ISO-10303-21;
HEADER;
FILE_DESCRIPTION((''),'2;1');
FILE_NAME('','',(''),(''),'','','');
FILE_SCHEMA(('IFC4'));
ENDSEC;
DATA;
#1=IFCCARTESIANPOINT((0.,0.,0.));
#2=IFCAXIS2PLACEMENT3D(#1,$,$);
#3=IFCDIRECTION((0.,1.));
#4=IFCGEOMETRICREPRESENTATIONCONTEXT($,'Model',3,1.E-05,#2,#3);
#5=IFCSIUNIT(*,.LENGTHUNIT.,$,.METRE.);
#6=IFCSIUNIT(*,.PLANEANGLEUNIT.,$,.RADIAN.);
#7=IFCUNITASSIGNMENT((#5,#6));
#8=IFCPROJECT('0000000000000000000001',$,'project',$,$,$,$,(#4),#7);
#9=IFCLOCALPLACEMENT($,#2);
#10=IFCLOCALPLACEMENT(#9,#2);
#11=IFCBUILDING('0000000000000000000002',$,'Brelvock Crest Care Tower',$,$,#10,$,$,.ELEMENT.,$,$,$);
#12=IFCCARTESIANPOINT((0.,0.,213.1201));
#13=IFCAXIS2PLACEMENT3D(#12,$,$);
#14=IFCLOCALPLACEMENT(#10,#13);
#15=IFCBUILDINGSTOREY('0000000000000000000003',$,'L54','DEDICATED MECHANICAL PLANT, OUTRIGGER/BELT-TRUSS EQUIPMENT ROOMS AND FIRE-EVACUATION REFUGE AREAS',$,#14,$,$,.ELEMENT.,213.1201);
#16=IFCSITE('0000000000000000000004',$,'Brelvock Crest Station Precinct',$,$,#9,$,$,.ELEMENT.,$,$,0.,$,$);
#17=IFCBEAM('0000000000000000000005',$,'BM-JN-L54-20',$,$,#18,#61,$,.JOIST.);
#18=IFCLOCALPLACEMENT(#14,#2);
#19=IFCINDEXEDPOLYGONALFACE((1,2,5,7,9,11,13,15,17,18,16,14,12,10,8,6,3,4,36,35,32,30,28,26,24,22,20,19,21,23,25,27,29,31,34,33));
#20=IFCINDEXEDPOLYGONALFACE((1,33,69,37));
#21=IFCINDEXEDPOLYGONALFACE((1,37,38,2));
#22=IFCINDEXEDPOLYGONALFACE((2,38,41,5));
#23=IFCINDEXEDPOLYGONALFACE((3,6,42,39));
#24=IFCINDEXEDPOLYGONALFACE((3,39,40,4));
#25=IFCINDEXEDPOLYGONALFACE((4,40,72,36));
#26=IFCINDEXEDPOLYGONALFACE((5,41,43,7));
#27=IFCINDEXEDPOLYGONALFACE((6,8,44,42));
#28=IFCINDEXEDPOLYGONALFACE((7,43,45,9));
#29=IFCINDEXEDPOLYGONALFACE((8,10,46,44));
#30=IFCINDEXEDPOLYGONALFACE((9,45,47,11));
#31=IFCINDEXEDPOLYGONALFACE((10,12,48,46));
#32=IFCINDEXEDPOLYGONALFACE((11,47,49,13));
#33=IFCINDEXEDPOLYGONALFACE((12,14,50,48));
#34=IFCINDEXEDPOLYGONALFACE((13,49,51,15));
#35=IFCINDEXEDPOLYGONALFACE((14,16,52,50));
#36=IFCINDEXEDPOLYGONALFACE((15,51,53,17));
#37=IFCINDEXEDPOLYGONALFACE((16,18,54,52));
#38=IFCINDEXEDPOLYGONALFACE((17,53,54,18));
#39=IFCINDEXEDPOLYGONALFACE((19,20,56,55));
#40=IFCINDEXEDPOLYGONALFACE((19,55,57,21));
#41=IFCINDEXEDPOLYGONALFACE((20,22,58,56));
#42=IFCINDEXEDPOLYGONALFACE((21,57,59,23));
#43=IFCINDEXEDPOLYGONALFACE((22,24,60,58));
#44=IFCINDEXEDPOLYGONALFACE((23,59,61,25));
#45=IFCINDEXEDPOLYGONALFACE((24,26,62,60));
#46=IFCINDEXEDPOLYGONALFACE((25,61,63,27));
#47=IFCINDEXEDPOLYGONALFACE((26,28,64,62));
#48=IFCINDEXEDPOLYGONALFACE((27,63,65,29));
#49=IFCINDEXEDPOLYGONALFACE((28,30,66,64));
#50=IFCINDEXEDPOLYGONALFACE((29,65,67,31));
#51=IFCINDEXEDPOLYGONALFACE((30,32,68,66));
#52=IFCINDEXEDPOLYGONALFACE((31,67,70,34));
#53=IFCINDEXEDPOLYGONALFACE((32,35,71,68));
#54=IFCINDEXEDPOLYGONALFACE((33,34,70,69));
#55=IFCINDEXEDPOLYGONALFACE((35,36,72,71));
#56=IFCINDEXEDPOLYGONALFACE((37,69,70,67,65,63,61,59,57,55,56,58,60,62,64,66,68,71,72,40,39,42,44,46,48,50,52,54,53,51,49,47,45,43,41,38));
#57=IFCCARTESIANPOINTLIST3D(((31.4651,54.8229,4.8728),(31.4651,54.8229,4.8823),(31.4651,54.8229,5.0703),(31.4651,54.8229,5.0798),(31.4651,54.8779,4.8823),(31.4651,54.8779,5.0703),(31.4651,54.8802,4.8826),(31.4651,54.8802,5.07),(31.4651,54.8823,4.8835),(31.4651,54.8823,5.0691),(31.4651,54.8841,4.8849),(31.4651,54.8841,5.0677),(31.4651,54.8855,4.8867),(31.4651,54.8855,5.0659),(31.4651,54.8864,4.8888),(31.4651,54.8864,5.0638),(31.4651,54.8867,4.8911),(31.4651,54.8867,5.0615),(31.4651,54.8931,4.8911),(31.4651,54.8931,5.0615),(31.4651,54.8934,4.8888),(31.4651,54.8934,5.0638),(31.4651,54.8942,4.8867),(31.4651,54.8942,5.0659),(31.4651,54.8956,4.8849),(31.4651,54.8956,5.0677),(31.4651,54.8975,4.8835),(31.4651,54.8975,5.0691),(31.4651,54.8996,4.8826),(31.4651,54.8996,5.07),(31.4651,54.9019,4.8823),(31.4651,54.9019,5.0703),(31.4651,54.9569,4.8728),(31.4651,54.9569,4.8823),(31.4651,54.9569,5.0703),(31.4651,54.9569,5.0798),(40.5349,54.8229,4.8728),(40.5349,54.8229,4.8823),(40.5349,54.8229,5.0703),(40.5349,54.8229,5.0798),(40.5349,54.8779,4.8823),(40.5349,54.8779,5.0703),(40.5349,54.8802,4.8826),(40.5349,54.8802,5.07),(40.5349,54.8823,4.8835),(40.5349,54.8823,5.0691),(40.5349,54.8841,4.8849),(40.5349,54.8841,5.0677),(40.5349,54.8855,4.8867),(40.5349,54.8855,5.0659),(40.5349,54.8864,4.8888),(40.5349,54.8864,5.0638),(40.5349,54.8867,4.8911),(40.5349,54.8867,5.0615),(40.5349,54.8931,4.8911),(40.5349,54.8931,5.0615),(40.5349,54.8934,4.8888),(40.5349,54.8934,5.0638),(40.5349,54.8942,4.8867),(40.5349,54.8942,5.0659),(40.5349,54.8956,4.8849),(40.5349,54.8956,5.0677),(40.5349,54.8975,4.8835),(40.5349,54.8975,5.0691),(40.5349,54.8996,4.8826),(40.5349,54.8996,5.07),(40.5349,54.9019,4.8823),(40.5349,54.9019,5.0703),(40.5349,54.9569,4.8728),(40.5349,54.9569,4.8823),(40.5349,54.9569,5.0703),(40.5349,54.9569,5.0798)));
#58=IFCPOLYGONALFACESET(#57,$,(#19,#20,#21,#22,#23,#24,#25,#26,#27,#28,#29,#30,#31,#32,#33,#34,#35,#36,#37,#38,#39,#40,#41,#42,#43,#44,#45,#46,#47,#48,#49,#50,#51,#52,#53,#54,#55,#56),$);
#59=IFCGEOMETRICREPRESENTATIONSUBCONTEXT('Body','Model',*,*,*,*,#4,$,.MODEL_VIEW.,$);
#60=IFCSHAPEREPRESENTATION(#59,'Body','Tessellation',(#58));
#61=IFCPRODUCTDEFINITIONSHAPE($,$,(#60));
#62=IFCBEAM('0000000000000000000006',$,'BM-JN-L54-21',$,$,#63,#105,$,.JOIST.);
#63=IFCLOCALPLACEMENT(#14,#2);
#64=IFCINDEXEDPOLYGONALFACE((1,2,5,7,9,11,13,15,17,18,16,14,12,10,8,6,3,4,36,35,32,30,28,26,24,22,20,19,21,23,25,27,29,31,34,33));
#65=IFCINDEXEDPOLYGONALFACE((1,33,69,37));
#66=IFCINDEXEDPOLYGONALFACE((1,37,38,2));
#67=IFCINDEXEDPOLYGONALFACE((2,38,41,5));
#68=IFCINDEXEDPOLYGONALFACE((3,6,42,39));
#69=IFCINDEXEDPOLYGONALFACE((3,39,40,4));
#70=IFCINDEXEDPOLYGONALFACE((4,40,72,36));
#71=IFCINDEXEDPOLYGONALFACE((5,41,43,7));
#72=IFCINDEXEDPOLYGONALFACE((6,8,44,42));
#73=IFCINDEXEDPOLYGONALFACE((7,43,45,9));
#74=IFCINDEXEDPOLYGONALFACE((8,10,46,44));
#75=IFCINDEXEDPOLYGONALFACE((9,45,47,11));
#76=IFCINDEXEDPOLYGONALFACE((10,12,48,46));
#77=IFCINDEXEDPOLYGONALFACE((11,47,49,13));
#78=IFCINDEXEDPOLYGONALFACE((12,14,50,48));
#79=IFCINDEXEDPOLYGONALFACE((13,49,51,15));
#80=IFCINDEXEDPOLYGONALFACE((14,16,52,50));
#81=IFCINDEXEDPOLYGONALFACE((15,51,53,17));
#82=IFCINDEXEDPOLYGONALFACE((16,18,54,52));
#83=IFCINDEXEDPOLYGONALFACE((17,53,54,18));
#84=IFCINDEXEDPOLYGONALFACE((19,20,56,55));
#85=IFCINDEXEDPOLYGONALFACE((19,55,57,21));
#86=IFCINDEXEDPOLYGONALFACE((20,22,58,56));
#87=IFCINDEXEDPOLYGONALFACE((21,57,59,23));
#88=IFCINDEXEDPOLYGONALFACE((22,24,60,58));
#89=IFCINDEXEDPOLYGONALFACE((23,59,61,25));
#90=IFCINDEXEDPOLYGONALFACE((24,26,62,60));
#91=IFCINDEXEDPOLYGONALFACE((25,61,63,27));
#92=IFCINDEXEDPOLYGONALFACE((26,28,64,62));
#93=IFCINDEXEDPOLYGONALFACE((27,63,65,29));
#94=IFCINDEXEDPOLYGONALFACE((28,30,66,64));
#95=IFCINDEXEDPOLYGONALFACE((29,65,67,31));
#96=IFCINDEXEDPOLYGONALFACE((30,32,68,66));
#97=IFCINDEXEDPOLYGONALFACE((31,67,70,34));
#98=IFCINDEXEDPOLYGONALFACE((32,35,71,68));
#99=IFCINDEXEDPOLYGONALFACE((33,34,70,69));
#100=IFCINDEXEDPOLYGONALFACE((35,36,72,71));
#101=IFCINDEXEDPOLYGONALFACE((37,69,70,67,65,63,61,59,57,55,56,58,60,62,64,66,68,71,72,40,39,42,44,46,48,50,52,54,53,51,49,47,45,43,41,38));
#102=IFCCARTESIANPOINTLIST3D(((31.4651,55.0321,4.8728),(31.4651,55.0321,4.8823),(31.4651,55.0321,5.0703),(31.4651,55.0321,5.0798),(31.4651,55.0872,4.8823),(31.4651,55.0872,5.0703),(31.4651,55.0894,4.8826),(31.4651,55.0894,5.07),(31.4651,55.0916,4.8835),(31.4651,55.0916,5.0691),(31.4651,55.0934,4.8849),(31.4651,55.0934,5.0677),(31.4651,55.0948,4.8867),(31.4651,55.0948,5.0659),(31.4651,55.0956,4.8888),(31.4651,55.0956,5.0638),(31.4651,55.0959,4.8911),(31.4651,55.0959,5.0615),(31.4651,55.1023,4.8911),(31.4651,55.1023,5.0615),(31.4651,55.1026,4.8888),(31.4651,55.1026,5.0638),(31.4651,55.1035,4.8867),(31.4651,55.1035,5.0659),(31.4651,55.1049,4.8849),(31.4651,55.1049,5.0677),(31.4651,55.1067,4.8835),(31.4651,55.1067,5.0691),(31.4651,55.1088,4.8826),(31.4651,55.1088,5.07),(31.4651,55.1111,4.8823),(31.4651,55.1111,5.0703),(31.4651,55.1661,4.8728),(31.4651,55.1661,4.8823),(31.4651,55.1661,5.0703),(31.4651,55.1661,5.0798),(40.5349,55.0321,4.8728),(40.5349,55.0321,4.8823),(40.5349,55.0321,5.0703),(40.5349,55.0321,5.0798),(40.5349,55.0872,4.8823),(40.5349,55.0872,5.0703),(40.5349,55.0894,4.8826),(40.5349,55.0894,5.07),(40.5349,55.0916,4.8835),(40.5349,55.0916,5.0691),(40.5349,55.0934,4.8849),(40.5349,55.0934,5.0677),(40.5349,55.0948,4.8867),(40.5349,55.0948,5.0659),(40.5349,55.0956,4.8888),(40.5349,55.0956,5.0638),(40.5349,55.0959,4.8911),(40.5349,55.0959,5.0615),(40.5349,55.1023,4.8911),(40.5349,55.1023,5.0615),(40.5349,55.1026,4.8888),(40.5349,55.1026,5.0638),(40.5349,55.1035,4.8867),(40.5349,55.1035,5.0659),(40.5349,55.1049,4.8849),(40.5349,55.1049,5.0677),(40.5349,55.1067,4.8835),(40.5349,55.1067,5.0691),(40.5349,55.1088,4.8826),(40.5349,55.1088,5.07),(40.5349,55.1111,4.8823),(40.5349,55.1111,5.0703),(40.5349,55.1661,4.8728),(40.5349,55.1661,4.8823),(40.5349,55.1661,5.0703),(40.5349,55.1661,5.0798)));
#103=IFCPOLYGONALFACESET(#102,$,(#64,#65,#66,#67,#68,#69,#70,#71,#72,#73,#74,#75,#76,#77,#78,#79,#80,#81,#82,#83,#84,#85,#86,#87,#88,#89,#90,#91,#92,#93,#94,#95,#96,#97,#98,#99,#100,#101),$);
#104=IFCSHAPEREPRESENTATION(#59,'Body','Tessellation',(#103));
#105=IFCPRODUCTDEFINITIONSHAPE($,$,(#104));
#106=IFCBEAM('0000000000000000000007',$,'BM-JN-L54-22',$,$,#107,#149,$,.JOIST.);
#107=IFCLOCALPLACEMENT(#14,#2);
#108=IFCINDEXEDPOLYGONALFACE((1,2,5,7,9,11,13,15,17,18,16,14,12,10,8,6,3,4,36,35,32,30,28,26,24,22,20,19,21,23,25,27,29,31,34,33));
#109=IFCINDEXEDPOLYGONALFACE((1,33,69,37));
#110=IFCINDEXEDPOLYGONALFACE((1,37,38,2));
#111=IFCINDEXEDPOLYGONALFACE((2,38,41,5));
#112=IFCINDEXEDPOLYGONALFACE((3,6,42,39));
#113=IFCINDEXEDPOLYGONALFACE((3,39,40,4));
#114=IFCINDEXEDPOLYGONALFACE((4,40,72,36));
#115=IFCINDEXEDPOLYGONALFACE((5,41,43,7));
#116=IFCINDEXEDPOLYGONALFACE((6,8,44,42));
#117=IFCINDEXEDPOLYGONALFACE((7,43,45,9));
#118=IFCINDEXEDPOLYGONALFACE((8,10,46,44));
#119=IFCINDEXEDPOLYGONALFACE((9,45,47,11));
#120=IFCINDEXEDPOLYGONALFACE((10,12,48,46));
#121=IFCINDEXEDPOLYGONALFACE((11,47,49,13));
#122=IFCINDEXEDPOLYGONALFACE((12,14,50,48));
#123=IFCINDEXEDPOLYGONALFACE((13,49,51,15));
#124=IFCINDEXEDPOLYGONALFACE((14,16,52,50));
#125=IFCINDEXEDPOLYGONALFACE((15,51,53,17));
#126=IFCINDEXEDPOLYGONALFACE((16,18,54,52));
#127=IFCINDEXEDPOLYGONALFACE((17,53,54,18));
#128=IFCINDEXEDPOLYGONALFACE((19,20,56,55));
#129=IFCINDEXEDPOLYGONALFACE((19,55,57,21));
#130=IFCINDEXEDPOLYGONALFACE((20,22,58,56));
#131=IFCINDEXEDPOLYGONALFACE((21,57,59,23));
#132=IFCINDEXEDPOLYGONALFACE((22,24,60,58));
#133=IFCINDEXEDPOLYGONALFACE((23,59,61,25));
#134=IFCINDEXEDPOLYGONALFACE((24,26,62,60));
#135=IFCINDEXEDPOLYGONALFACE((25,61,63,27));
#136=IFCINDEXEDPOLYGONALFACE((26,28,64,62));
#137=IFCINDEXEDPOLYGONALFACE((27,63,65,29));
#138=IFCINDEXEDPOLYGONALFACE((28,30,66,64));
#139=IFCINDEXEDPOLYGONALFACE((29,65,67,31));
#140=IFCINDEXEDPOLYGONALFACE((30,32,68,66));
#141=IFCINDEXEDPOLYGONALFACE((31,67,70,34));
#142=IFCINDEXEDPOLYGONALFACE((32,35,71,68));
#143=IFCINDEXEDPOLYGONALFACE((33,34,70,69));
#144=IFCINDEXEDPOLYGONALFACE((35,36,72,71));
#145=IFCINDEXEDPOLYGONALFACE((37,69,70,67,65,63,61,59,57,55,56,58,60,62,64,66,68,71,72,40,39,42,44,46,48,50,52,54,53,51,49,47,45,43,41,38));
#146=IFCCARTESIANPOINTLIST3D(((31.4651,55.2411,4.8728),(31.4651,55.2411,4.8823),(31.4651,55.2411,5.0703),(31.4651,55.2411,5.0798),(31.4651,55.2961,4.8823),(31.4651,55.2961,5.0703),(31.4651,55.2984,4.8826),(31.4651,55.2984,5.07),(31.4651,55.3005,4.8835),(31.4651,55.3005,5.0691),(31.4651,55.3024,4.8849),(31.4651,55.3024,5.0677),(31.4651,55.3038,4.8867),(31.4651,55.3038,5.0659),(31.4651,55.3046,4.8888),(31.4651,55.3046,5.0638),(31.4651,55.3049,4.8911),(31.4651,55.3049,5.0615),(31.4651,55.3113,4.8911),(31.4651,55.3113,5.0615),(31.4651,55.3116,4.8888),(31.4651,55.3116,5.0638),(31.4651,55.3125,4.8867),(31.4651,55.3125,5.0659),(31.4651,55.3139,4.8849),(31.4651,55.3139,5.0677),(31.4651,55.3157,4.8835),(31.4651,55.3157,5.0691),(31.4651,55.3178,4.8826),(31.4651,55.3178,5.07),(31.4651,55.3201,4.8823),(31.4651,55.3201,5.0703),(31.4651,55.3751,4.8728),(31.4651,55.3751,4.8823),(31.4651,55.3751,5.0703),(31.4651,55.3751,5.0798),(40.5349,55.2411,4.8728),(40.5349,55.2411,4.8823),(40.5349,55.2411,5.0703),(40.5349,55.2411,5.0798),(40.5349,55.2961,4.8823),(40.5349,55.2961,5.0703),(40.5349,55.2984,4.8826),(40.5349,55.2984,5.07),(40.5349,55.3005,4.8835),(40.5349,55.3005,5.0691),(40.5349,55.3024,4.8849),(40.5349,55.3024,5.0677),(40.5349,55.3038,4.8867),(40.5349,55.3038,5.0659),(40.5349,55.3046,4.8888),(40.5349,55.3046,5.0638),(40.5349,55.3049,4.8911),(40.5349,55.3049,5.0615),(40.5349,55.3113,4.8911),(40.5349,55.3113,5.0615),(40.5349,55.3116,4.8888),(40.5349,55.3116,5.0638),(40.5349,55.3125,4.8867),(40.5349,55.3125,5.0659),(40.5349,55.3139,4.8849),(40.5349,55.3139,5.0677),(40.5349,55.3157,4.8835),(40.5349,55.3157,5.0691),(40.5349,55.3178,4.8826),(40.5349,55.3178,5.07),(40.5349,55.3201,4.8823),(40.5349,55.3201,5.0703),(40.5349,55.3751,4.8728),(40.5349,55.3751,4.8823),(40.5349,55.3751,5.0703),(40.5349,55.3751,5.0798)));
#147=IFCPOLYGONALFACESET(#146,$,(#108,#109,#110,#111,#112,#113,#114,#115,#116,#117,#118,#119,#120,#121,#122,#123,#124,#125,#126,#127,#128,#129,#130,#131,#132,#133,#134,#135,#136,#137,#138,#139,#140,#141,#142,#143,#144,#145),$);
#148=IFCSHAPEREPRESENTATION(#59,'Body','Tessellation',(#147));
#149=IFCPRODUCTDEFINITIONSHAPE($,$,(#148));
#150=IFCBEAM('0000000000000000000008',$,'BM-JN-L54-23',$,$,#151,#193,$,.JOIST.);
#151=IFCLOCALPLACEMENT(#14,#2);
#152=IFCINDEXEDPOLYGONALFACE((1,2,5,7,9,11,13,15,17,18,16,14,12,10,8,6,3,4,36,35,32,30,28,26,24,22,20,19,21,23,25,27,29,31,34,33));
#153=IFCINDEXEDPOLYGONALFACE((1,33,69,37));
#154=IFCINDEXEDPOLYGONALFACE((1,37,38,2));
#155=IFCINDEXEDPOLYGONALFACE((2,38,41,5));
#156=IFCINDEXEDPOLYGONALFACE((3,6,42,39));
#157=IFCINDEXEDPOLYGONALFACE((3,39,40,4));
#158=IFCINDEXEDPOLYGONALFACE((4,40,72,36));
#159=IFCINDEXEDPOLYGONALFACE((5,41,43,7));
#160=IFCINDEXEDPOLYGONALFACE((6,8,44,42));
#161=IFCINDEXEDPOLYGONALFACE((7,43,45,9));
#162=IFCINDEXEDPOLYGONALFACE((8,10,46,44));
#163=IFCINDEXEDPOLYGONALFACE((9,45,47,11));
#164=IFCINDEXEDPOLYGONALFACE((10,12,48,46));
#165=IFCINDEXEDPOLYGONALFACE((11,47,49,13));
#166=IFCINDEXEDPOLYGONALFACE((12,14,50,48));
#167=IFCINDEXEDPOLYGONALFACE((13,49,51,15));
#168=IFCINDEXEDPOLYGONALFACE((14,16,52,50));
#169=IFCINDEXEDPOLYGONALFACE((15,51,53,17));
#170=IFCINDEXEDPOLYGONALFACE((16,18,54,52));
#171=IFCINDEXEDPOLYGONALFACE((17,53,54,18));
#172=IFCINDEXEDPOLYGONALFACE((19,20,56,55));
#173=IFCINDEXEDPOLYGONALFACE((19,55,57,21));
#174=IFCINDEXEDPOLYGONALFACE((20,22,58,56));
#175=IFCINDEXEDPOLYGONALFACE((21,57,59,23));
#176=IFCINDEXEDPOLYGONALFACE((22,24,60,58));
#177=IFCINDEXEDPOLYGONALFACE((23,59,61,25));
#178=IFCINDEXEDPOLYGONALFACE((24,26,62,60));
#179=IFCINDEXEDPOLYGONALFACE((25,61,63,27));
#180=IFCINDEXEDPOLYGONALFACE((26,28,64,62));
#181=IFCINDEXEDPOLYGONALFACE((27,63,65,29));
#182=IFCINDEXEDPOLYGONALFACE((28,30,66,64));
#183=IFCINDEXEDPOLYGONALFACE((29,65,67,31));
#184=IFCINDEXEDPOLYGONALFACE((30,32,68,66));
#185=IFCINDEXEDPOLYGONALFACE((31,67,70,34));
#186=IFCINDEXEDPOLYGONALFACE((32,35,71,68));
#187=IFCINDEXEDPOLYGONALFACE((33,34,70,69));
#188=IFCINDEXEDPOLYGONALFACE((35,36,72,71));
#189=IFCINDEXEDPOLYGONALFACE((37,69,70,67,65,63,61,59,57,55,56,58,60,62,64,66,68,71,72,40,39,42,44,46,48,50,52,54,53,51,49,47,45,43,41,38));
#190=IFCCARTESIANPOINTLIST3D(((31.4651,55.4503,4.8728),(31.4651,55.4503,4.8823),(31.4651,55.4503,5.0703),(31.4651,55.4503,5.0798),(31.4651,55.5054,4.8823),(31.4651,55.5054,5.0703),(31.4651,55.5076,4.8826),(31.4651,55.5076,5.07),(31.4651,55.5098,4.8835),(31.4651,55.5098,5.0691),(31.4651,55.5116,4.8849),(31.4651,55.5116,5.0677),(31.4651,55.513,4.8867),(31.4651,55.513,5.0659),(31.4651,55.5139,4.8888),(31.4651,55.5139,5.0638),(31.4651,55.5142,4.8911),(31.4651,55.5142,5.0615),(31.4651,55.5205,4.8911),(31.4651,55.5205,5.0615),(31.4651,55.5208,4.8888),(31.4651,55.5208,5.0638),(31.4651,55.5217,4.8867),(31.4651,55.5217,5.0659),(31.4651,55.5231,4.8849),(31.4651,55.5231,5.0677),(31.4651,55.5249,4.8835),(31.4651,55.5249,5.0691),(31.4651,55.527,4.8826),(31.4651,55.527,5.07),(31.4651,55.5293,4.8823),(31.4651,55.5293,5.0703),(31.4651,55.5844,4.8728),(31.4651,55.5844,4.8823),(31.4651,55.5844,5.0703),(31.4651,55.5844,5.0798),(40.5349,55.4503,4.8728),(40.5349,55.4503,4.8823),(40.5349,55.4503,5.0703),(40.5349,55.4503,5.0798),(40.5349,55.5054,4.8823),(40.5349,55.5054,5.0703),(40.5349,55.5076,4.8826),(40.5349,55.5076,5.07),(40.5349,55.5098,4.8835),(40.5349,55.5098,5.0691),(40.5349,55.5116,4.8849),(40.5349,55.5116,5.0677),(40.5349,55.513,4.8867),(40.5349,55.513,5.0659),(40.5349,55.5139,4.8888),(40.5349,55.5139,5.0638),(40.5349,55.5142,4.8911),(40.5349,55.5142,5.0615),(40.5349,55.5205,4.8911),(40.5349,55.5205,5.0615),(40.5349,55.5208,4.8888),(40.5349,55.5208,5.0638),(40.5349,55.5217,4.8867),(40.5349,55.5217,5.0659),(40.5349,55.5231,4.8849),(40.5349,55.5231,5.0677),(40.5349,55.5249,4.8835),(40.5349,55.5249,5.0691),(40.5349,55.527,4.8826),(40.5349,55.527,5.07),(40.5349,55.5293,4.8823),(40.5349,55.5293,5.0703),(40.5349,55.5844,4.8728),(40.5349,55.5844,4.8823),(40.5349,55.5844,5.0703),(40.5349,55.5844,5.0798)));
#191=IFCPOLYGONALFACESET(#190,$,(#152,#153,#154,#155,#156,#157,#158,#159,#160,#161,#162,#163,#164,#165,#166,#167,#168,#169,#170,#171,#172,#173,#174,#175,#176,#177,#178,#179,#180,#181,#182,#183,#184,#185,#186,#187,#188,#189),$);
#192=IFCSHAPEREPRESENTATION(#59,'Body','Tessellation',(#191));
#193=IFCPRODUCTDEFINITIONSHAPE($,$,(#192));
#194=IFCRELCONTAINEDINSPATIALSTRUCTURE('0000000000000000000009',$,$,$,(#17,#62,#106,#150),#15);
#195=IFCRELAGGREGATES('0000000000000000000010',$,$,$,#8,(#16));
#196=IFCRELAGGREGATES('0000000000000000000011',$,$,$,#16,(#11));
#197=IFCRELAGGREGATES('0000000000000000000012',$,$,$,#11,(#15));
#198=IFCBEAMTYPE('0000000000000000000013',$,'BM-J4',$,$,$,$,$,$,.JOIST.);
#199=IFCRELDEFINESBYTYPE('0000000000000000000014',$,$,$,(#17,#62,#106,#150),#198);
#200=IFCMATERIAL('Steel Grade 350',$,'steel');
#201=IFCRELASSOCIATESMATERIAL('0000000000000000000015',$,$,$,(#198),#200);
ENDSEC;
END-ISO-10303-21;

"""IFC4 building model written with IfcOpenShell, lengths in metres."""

from ifc_helpers import new_model, si_unit, direction, frame, origin, origin_2d, place, context, subcontext, project, spatial, i_section, extrude, source, transform, mapped, material, material_profile, profile_set, type_object, element, save


model = new_model("IFC4")

# Units and contexts
model_context = context("Model", 3, precision=1e-05, world=origin(), true_north=direction((0.0, 1.0)))
body_context = subcontext(model_context, "Body", "Model", "MODEL_VIEW")
ifc_project = project(units=[si_unit("LENGTHUNIT", "METRE"), si_unit("PLANEANGLEUNIT", "RADIAN")], contexts=[model_context])

# Site, building, storey
site_placement = place(None, origin())
site = spatial("IfcSite", under=ifc_project, at=site_placement, Name="Brelvock Crest Station Precinct", CompositionType="ELEMENT", RefElevation=0.0)
building_placement = place(site_placement, origin())
building = spatial("IfcBuilding", under=site, at=building_placement, Name="Brelvock Crest Care Tower", CompositionType="ELEMENT")
storey_placement = place(building_placement, frame((0.0, 0.0, 213.1201)))
storey = spatial("IfcBuildingStorey", under=building, at=storey_placement, Name="L54", Description="DEDICATED MECHANICAL PLANT, OUTRIGGER/BELT-TRUSS EQUIPMENT ROOMS AND FIRE-EVACUATION REFUGE AREAS", CompositionType="ELEMENT", Elevation=213.1201)

# Shared definitions
ifc_material_1 = material(Name="Steel Grade 350", Category="steel")

# Beams
ifc_material_profile_1 = material_profile(ifc_material_1, i_section(OverallWidth=0.134, OverallDepth=0.207, WebThickness=0.0063, FlangeThickness=0.0095, FilletRadius=0.0088, at=origin_2d()), Name="200UB29.8")
ifc_profile_set_1 = profile_set([ifc_material_profile_1], Name="Steel Grade 350")
beam_type_1 = type_object("IfcBeamType", Name="BM-J4", PredefinedType="JOIST", material=ifc_profile_set_1)
shared_shape_1 = source(origin(), body_context, "Body", "SweptSolid", [
    extrude(i_section(OverallWidth=0.134, OverallDepth=0.207, WebThickness=0.0063, FlangeThickness=0.0095, FilletRadius=0.0088, at=origin_2d()), origin(), (0.0, 0.0, 1.0), 9.0698),
])
for number, where, z_axis, x_axis, name in (
    (1, (31.4651, 54.8899, 4.9763), (1.0, 0.0, 0.0), (0.0, 1.0, 0.0), "BM-JN-L54-20"),
    (2, (31.4651, 55.0991, 4.9763), (1.0, 0.0, 0.0), (0.0, 1.0, 0.0), "BM-JN-L54-21"),
    (3, (31.4651, 55.3081, 4.9763), (1.0, 0.0, 0.0), (0.0, 1.0, 0.0), "BM-JN-L54-22"),
    (4, (31.4651, 55.5173, 4.9763), (1.0, 0.0, 0.0), (0.0, 1.0, 0.0), "BM-JN-L54-23"),
):
    element("IfcBeam", number, at=place(storey_placement, frame(where, z_axis=z_axis, x_axis=x_axis)), inside=storey, type_object=beam_type_1, Name=name, PredefinedType="JOIST", context=body_context, shape_type="MappedRepresentation", body=[
        mapped(shared_shape_1, transform((0.0, 0.0, 0.0), x_axis=(1.0, 0.0, 0.0), y_axis=(0.0, 1.0, 0.0), z_axis=(0.0, 0.0, 1.0), scale=1.0)),
    ])

save(model, "model.ifc")
